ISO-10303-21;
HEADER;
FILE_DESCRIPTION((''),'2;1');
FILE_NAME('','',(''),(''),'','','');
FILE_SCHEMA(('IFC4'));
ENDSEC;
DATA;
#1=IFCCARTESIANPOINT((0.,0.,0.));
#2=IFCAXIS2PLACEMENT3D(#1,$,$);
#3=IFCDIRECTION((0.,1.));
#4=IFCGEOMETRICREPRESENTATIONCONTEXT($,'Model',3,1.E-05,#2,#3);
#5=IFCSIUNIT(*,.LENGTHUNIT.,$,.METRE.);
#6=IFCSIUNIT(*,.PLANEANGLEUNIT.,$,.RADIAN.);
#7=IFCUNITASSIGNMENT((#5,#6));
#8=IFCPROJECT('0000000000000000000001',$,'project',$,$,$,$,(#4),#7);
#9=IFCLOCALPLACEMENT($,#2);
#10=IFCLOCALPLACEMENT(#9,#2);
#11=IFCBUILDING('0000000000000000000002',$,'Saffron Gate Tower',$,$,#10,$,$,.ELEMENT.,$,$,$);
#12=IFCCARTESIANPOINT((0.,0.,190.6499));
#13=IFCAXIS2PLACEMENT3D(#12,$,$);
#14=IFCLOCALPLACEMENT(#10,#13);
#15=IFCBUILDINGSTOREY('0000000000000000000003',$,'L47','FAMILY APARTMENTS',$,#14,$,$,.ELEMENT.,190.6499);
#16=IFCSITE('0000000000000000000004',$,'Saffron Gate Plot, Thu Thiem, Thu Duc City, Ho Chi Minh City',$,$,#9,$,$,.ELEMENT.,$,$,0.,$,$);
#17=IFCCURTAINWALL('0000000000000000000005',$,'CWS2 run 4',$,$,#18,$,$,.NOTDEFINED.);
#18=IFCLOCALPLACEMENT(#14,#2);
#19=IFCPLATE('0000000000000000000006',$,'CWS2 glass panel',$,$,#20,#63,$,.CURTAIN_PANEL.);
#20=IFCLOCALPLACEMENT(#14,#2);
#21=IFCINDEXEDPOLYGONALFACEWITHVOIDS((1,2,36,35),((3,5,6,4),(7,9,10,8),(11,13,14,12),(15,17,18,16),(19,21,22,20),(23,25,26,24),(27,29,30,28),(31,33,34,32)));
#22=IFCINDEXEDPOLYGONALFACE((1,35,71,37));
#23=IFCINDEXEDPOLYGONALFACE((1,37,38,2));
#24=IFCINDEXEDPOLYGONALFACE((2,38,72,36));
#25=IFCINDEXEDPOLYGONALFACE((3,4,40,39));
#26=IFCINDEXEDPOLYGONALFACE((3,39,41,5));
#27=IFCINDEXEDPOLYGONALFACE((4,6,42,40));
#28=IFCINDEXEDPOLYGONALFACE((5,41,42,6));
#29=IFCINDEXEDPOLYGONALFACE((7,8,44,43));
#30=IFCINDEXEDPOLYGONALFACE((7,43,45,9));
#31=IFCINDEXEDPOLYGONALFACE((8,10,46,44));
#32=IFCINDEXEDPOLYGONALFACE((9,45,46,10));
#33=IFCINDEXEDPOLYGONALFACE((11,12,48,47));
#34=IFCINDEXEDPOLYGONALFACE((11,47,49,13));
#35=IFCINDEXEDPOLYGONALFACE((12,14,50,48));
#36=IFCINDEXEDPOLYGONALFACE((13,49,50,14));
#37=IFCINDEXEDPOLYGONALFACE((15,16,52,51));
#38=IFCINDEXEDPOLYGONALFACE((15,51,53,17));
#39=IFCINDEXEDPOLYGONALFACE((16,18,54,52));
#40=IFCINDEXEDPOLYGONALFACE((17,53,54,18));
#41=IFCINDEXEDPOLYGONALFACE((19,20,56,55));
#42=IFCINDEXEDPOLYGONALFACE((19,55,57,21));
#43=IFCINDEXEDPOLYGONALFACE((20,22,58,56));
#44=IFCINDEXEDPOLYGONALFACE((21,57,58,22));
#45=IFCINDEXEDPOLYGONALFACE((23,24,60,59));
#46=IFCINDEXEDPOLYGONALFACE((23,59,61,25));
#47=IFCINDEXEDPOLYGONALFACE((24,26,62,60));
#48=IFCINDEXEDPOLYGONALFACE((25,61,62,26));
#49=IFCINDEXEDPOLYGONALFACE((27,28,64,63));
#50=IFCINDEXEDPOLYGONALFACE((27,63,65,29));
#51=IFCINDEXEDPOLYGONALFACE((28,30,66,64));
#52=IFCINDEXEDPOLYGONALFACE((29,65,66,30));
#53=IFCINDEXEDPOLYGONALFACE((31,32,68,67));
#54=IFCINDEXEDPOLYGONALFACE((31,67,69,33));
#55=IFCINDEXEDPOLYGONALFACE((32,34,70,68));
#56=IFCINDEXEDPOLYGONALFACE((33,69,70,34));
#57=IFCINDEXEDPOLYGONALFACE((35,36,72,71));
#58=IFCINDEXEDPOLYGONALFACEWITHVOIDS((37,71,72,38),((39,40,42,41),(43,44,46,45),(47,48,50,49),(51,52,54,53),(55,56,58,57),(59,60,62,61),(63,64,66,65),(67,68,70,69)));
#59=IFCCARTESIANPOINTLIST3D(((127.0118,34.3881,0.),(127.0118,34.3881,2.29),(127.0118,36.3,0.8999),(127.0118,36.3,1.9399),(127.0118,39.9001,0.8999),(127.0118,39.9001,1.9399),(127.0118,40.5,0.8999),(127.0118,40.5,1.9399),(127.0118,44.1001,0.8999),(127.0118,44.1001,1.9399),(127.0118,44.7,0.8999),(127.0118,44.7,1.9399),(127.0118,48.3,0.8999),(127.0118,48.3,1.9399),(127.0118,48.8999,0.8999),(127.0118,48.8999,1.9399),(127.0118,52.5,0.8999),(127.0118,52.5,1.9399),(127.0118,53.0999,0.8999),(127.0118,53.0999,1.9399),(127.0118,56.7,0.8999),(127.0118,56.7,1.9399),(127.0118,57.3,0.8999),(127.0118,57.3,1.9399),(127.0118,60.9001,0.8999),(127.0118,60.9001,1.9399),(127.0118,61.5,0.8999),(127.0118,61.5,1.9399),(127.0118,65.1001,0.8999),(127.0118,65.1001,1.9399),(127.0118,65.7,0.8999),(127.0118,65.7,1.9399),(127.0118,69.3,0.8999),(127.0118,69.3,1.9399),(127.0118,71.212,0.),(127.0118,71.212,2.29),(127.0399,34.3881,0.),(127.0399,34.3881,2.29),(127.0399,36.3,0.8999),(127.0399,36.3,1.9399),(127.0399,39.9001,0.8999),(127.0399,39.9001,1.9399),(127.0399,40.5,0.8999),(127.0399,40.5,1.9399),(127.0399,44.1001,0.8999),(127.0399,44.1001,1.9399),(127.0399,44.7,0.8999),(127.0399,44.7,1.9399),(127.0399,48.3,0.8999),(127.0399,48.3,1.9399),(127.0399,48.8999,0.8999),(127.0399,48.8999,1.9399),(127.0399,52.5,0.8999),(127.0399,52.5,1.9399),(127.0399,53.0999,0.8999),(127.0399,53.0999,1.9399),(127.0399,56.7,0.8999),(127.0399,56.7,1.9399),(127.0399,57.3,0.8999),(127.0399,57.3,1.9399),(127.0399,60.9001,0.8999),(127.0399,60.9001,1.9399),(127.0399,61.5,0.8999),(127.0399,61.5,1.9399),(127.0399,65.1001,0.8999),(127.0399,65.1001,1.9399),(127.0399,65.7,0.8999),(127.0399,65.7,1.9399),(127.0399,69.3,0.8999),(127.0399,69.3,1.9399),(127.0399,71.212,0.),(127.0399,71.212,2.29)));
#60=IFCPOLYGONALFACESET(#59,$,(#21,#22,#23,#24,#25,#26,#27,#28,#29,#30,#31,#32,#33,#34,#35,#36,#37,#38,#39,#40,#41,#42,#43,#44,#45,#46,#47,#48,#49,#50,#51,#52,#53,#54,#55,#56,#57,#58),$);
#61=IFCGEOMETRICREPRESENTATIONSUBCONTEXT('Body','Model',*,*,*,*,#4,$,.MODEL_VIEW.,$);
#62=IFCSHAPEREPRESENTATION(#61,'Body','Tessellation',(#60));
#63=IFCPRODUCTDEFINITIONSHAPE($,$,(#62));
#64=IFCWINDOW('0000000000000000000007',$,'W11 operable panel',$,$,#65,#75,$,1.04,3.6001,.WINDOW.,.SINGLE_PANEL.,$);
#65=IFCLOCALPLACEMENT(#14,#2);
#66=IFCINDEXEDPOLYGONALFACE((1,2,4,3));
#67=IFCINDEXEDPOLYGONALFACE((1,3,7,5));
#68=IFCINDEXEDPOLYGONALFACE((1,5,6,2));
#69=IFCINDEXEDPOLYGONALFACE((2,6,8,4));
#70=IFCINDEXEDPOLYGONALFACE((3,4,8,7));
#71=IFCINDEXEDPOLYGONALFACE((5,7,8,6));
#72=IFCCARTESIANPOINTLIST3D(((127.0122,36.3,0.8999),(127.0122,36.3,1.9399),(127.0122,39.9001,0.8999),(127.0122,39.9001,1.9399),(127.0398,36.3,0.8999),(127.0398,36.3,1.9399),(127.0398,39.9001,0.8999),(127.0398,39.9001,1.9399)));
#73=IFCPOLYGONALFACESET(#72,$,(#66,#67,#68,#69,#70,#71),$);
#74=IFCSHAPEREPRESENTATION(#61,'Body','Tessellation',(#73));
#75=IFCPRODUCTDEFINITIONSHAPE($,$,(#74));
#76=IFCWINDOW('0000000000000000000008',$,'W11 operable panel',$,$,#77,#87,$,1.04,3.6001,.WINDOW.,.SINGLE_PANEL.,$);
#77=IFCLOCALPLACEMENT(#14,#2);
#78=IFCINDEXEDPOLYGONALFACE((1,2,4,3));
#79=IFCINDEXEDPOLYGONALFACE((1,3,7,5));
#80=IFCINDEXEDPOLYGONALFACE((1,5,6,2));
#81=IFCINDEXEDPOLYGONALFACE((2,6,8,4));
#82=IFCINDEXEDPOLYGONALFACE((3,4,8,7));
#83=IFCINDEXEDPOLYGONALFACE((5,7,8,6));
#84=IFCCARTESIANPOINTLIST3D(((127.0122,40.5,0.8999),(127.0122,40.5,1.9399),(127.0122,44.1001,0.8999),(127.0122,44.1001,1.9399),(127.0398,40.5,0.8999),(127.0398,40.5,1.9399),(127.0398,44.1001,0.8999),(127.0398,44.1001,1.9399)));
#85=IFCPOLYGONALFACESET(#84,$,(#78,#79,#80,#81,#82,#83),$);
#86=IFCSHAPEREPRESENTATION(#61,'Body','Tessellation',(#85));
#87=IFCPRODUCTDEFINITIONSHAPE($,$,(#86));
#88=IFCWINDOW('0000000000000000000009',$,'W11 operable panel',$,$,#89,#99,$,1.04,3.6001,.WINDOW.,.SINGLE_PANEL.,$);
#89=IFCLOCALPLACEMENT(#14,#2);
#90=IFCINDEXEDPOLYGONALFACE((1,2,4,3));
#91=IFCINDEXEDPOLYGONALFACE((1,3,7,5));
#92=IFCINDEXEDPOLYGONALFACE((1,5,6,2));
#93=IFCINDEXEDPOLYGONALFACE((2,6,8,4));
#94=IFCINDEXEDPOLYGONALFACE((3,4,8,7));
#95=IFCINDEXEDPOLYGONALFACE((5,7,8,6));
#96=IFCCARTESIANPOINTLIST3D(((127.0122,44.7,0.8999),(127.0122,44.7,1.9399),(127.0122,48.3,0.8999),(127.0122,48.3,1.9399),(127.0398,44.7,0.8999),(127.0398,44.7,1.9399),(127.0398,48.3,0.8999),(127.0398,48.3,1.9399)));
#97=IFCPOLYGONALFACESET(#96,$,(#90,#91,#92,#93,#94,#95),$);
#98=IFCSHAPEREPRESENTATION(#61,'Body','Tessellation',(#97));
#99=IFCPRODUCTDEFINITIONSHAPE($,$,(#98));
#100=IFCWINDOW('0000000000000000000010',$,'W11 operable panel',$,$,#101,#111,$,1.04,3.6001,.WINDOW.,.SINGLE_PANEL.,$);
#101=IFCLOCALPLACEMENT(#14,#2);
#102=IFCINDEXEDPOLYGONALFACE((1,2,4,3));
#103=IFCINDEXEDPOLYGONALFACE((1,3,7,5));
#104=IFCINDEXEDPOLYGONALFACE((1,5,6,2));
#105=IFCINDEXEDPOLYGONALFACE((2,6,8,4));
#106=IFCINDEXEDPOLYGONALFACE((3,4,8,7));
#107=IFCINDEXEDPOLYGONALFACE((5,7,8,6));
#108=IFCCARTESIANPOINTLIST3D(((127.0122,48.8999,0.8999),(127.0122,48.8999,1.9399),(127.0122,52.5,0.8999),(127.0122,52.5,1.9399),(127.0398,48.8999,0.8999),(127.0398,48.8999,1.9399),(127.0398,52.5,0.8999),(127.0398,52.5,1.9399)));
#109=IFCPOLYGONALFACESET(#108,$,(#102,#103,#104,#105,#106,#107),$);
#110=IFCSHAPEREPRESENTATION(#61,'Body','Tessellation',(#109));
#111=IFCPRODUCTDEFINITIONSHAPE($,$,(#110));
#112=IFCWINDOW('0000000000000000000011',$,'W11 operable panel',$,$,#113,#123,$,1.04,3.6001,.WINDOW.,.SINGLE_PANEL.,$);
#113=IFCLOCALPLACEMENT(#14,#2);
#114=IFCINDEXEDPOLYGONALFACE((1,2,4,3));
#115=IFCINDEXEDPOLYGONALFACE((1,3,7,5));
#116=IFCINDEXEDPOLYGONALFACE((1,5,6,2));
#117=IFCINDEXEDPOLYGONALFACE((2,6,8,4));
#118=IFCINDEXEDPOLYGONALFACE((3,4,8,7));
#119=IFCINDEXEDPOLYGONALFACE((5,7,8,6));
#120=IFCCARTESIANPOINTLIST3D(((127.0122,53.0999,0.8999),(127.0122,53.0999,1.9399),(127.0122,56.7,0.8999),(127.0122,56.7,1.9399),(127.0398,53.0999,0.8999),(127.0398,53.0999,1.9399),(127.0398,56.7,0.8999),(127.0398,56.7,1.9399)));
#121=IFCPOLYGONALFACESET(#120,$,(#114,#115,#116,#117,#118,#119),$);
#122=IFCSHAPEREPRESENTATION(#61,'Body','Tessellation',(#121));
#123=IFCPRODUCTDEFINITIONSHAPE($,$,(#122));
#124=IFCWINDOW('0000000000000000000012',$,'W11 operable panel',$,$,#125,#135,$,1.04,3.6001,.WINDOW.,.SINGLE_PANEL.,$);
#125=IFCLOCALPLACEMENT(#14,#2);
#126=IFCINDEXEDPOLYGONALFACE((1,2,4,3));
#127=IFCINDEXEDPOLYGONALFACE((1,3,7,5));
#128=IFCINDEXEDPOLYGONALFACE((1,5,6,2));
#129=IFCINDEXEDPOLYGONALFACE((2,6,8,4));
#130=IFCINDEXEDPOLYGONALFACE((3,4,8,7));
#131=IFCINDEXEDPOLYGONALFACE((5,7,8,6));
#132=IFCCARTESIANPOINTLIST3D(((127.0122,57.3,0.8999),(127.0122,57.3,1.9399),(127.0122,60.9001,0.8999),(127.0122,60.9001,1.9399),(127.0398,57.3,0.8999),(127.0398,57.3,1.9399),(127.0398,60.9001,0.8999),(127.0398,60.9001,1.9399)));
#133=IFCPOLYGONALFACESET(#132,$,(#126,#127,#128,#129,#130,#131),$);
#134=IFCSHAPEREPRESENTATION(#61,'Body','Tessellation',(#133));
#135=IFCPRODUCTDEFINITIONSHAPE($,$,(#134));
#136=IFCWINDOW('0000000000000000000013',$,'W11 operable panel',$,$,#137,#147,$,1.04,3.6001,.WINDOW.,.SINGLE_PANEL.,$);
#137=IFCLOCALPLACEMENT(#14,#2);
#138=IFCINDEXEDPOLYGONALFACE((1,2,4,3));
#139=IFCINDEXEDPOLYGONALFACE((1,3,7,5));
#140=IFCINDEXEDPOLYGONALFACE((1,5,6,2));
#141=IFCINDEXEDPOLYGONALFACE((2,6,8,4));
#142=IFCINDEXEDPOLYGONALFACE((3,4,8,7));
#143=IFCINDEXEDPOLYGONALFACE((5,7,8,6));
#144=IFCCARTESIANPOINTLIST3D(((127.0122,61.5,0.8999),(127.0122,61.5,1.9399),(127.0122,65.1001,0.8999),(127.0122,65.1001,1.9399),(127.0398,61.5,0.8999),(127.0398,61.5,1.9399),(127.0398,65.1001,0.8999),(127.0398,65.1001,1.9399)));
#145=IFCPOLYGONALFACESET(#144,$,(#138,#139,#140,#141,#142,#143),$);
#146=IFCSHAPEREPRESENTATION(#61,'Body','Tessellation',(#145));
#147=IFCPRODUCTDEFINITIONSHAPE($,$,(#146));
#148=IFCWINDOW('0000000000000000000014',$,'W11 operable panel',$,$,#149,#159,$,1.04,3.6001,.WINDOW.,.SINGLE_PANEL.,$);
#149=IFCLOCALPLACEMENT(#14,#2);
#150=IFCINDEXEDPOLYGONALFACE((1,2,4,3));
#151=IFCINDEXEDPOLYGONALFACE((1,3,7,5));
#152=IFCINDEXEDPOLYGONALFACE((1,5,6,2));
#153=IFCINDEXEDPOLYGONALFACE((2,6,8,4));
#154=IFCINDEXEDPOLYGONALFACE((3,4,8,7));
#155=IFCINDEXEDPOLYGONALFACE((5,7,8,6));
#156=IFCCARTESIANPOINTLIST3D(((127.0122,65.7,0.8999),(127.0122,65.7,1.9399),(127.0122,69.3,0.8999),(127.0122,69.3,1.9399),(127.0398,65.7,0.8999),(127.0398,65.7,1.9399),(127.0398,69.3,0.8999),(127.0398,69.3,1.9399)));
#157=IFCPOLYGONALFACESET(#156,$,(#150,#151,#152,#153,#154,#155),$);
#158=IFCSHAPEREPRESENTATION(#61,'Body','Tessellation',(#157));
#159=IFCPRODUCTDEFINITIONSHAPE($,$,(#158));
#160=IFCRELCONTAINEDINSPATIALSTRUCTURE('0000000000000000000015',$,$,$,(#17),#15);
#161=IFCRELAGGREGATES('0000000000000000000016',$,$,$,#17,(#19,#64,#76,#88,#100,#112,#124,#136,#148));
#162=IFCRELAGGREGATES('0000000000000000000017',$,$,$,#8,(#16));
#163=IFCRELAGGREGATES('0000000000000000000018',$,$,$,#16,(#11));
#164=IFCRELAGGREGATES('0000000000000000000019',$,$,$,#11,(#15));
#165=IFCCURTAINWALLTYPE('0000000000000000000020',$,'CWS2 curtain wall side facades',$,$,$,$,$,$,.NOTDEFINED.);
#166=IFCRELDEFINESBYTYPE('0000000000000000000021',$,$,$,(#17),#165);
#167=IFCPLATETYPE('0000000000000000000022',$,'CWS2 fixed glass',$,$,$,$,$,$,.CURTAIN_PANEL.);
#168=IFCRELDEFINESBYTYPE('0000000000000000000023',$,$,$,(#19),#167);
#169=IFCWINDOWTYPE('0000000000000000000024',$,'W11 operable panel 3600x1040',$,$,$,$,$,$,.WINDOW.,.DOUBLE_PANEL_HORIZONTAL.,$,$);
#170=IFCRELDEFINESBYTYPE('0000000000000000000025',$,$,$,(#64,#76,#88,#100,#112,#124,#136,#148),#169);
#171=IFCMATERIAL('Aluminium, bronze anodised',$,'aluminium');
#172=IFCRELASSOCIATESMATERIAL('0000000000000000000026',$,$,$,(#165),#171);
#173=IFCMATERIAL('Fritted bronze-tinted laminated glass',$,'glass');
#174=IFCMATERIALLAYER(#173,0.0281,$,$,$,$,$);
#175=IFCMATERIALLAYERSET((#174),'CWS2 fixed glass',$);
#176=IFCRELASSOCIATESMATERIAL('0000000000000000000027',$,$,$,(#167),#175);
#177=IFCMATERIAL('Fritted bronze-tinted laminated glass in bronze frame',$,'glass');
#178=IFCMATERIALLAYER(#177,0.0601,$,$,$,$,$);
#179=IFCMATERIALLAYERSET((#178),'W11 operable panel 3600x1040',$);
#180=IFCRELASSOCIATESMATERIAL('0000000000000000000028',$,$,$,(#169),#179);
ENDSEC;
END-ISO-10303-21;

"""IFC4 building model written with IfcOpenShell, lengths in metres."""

from ifc_helpers import new_model, si_unit, direction, frame, frame_2d, origin, place, context, subcontext, project, spatial, rectangle, extrude, material, layer, layer_set, type_object, element, fill, aggregate, save


model = new_model("IFC4")

# Units and contexts
model_context = context("Model", 3, precision=1e-05, world=origin(), true_north=direction((0.0, 1.0)))
body_context = subcontext(model_context, "Body", "Model", "MODEL_VIEW")
ifc_project = project(units=[si_unit("LENGTHUNIT", "METRE"), si_unit("PLANEANGLEUNIT", "RADIAN")], contexts=[model_context])

# Site, building, storey
site_placement = place(None, origin())
site = spatial("IfcSite", under=ifc_project, at=site_placement, Name="Saffron Gate Plot, Thu Thiem, Thu Duc City, Ho Chi Minh City", CompositionType="ELEMENT", RefElevation=0.0)
building_placement = place(site_placement, origin())
building = spatial("IfcBuilding", under=site, at=building_placement, Name="Saffron Gate Tower", CompositionType="ELEMENT")
storey_placement = place(building_placement, frame((0.0, 0.0, 190.6499)))
storey = spatial("IfcBuildingStorey", under=building, at=storey_placement, Name="L47", Description="FAMILY APARTMENTS", CompositionType="ELEMENT", Elevation=190.6499)

# Curtain wall
ifc_material_1 = material(Name="Aluminium, bronze anodised", Category="aluminium")
curtain_wall_type_1 = type_object("IfcCurtainWallType", Name="CWS2 curtain wall side facades", PredefinedType="NOTDEFINED", material=ifc_material_1)
curtain_wall_1_placement = place(storey_placement, origin())
curtain_wall_1 = element("IfcCurtainWall", 1, at=curtain_wall_1_placement, inside=storey, type_object=curtain_wall_type_1, Name="CWS2 run 4", PredefinedType="NOTDEFINED")

# Plate, openings, windows
ifc_material_2 = material(Name="Fritted bronze-tinted laminated glass", Category="glass")
ifc_layer_1 = layer(ifc_material_2, 0.0281)
ifc_layer_set_1 = layer_set([ifc_layer_1], Name="CWS2 fixed glass")
plate_type_1 = type_object("IfcPlateType", Name="CWS2 fixed glass", PredefinedType="CURTAIN_PANEL", material=ifc_layer_set_1)
plate_1_placement = place(storey_placement, frame((127.0259, 34.3879, 0.0), z_axis=(0.0, 0.0, 1.0), x_axis=(0.0, 1.0, 0.0)))
plate_1 = element("IfcPlate", 2, at=plate_1_placement, type_object=plate_type_1, Name="CWS2 glass panel", PredefinedType="CURTAIN_PANEL", context=body_context, shape_type="SweptSolid", body=[
    extrude(rectangle(XDim=36.824, YDim=0.0281, at=frame_2d((18.4121, 0.0))), origin(), (0.0, 0.0, 1.0), 2.29),
])
opening_1_placement = place(plate_1_placement, frame((1.9121, 0.0, 0.8999)))
opening_1 = element("IfcOpeningElement", 3, at=opening_1_placement, cuts=plate_1, PredefinedType="OPENING", context=body_context, shape_type="SweptSolid", body=[
    extrude(rectangle(XDim=3.6001, YDim=1.04, at=frame_2d((1.8, 0.52))), frame((0.0, 0.0239, 0.0), z_axis=(0.0, -1.0, 0.0), x_axis=(1.0, 0.0, 0.0)), (0.0, 0.0, 1.0), 0.0481),
])
opening_2_placement = place(plate_1_placement, frame((6.1121, 0.0, 0.8999)))
opening_2 = element("IfcOpeningElement", 4, at=opening_2_placement, cuts=plate_1, PredefinedType="OPENING", context=body_context, shape_type="SweptSolid", body=[
    extrude(rectangle(XDim=3.6001, YDim=1.04, at=frame_2d((1.8, 0.52))), frame((0.0, 0.0239, 0.0), z_axis=(0.0, -1.0, 0.0), x_axis=(1.0, 0.0, 0.0)), (0.0, 0.0, 1.0), 0.0481),
])
opening_3_placement = place(plate_1_placement, frame((10.312, 0.0, 0.8999)))
opening_3 = element("IfcOpeningElement", 5, at=opening_3_placement, cuts=plate_1, PredefinedType="OPENING", context=body_context, shape_type="SweptSolid", body=[
    extrude(rectangle(XDim=3.6001, YDim=1.04, at=frame_2d((1.8, 0.52))), frame((0.0, 0.0239, 0.0), z_axis=(0.0, -1.0, 0.0), x_axis=(1.0, 0.0, 0.0)), (0.0, 0.0, 1.0), 0.0481),
])
opening_4_placement = place(plate_1_placement, frame((14.512, 0.0, 0.8999)))
opening_4 = element("IfcOpeningElement", 6, at=opening_4_placement, cuts=plate_1, PredefinedType="OPENING", context=body_context, shape_type="SweptSolid", body=[
    extrude(rectangle(XDim=3.6001, YDim=1.04, at=frame_2d((1.8, 0.52))), frame((0.0, 0.0239, 0.0), z_axis=(0.0, -1.0, 0.0), x_axis=(1.0, 0.0, 0.0)), (0.0, 0.0, 1.0), 0.0481),
])
opening_5_placement = place(plate_1_placement, frame((18.7119, 0.0, 0.8999)))
opening_5 = element("IfcOpeningElement", 7, at=opening_5_placement, cuts=plate_1, PredefinedType="OPENING", context=body_context, shape_type="SweptSolid", body=[
    extrude(rectangle(XDim=3.6001, YDim=1.04, at=frame_2d((1.8, 0.52))), frame((0.0, 0.0239, 0.0), z_axis=(0.0, -1.0, 0.0), x_axis=(1.0, 0.0, 0.0)), (0.0, 0.0, 1.0), 0.0481),
])
opening_6_placement = place(plate_1_placement, frame((22.9121, 0.0, 0.8999)))
opening_6 = element("IfcOpeningElement", 8, at=opening_6_placement, cuts=plate_1, PredefinedType="OPENING", context=body_context, shape_type="SweptSolid", body=[
    extrude(rectangle(XDim=3.6001, YDim=1.04, at=frame_2d((1.8, 0.52))), frame((0.0, 0.0239, 0.0), z_axis=(0.0, -1.0, 0.0), x_axis=(1.0, 0.0, 0.0)), (0.0, 0.0, 1.0), 0.0481),
])
opening_7_placement = place(plate_1_placement, frame((27.1121, 0.0, 0.8999)))
opening_7 = element("IfcOpeningElement", 9, at=opening_7_placement, cuts=plate_1, PredefinedType="OPENING", context=body_context, shape_type="SweptSolid", body=[
    extrude(rectangle(XDim=3.6001, YDim=1.04, at=frame_2d((1.8, 0.52))), frame((0.0, 0.0239, 0.0), z_axis=(0.0, -1.0, 0.0), x_axis=(1.0, 0.0, 0.0)), (0.0, 0.0, 1.0), 0.0481),
])
opening_8_placement = place(plate_1_placement, frame((31.312, 0.0, 0.8999)))
opening_8 = element("IfcOpeningElement", 10, at=opening_8_placement, cuts=plate_1, PredefinedType="OPENING", context=body_context, shape_type="SweptSolid", body=[
    extrude(rectangle(XDim=3.6001, YDim=1.04, at=frame_2d((1.8, 0.52))), frame((0.0, 0.0239, 0.0), z_axis=(0.0, -1.0, 0.0), x_axis=(1.0, 0.0, 0.0)), (0.0, 0.0, 1.0), 0.0481),
])
ifc_material_3 = material(Name="Fritted bronze-tinted laminated glass in bronze frame", Category="glass")
ifc_layer_2 = layer(ifc_material_3, 0.0601)
ifc_layer_set_2 = layer_set([ifc_layer_2], Name="W11 operable panel 3600x1040")
window_type = type_object("IfcWindowType", Name="W11 operable panel 3600x1040", PartitioningType="DOUBLE_PANEL_HORIZONTAL", PredefinedType="WINDOW", material=ifc_layer_set_2)
window_1_placement = place(opening_1_placement, origin())
window_1 = element("IfcWindow", 11, at=window_1_placement, type_object=window_type, Name="W11 operable panel", OverallHeight=1.04, OverallWidth=3.6001, PartitioningType="SINGLE_PANEL", PredefinedType="WINDOW", context=body_context, shape_type="SweptSolid", body=[
    extrude(rectangle(XDim=3.6001, YDim=1.04, at=frame_2d((1.8, 0.52))), frame((0.0, 0.0137, 0.0), z_axis=(0.0, -1.0, 0.0), x_axis=(1.0, 0.0, 0.0)), (0.0, 0.0, 1.0), 0.0276),
])
fill(opening_1, window_1)
window_2_placement = place(opening_2_placement, origin())
window_2 = element("IfcWindow", 12, at=window_2_placement, type_object=window_type, Name="W11 operable panel", OverallHeight=1.04, OverallWidth=3.6001, PartitioningType="SINGLE_PANEL", PredefinedType="WINDOW", context=body_context, shape_type="SweptSolid", body=[
    extrude(rectangle(XDim=3.6001, YDim=1.04, at=frame_2d((1.8, 0.52))), frame((0.0, 0.0137, 0.0), z_axis=(0.0, -1.0, 0.0), x_axis=(1.0, 0.0, 0.0)), (0.0, 0.0, 1.0), 0.0276),
])
fill(opening_2, window_2)
window_3_placement = place(opening_3_placement, origin())
window_3 = element("IfcWindow", 13, at=window_3_placement, type_object=window_type, Name="W11 operable panel", OverallHeight=1.04, OverallWidth=3.6001, PartitioningType="SINGLE_PANEL", PredefinedType="WINDOW", context=body_context, shape_type="SweptSolid", body=[
    extrude(rectangle(XDim=3.6001, YDim=1.04, at=frame_2d((1.8, 0.52))), frame((0.0, 0.0137, 0.0), z_axis=(0.0, -1.0, 0.0), x_axis=(1.0, 0.0, 0.0)), (0.0, 0.0, 1.0), 0.0276),
])
fill(opening_3, window_3)
window_4_placement = place(opening_4_placement, origin())
window_4 = element("IfcWindow", 14, at=window_4_placement, type_object=window_type, Name="W11 operable panel", OverallHeight=1.04, OverallWidth=3.6001, PartitioningType="SINGLE_PANEL", PredefinedType="WINDOW", context=body_context, shape_type="SweptSolid", body=[
    extrude(rectangle(XDim=3.6001, YDim=1.04, at=frame_2d((1.8, 0.52))), frame((0.0, 0.0137, 0.0), z_axis=(0.0, -1.0, 0.0), x_axis=(1.0, 0.0, 0.0)), (0.0, 0.0, 1.0), 0.0276),
])
fill(opening_4, window_4)
window_5_placement = place(opening_5_placement, origin())
window_5 = element("IfcWindow", 15, at=window_5_placement, type_object=window_type, Name="W11 operable panel", OverallHeight=1.04, OverallWidth=3.6001, PartitioningType="SINGLE_PANEL", PredefinedType="WINDOW", context=body_context, shape_type="SweptSolid", body=[
    extrude(rectangle(XDim=3.6001, YDim=1.04, at=frame_2d((1.8, 0.52))), frame((0.0, 0.0137, 0.0), z_axis=(0.0, -1.0, 0.0), x_axis=(1.0, 0.0, 0.0)), (0.0, 0.0, 1.0), 0.0276),
])
fill(opening_5, window_5)
window_6_placement = place(opening_6_placement, origin())
window_6 = element("IfcWindow", 16, at=window_6_placement, type_object=window_type, Name="W11 operable panel", OverallHeight=1.04, OverallWidth=3.6001, PartitioningType="SINGLE_PANEL", PredefinedType="WINDOW", context=body_context, shape_type="SweptSolid", body=[
    extrude(rectangle(XDim=3.6001, YDim=1.04, at=frame_2d((1.8, 0.52))), frame((0.0, 0.0137, 0.0), z_axis=(0.0, -1.0, 0.0), x_axis=(1.0, 0.0, 0.0)), (0.0, 0.0, 1.0), 0.0276),
])
fill(opening_6, window_6)
window_7_placement = place(opening_7_placement, origin())
window_7 = element("IfcWindow", 17, at=window_7_placement, type_object=window_type, Name="W11 operable panel", OverallHeight=1.04, OverallWidth=3.6001, PartitioningType="SINGLE_PANEL", PredefinedType="WINDOW", context=body_context, shape_type="SweptSolid", body=[
    extrude(rectangle(XDim=3.6001, YDim=1.04, at=frame_2d((1.8, 0.52))), frame((0.0, 0.0137, 0.0), z_axis=(0.0, -1.0, 0.0), x_axis=(1.0, 0.0, 0.0)), (0.0, 0.0, 1.0), 0.0276),
])
fill(opening_7, window_7)
window_8_placement = place(opening_8_placement, origin())
window_8 = element("IfcWindow", 18, at=window_8_placement, type_object=window_type, Name="W11 operable panel", OverallHeight=1.04, OverallWidth=3.6001, PartitioningType="SINGLE_PANEL", PredefinedType="WINDOW", context=body_context, shape_type="SweptSolid", body=[
    extrude(rectangle(XDim=3.6001, YDim=1.04, at=frame_2d((1.8, 0.52))), frame((0.0, 0.0137, 0.0), z_axis=(0.0, -1.0, 0.0), x_axis=(1.0, 0.0, 0.0)), (0.0, 0.0, 1.0), 0.0276),
])
fill(opening_8, window_8)
aggregate(curtain_wall_1, [plate_1, window_1, window_2, window_3, window_4, window_5, window_6, window_7, window_8])

save(model, "model.ifc")
